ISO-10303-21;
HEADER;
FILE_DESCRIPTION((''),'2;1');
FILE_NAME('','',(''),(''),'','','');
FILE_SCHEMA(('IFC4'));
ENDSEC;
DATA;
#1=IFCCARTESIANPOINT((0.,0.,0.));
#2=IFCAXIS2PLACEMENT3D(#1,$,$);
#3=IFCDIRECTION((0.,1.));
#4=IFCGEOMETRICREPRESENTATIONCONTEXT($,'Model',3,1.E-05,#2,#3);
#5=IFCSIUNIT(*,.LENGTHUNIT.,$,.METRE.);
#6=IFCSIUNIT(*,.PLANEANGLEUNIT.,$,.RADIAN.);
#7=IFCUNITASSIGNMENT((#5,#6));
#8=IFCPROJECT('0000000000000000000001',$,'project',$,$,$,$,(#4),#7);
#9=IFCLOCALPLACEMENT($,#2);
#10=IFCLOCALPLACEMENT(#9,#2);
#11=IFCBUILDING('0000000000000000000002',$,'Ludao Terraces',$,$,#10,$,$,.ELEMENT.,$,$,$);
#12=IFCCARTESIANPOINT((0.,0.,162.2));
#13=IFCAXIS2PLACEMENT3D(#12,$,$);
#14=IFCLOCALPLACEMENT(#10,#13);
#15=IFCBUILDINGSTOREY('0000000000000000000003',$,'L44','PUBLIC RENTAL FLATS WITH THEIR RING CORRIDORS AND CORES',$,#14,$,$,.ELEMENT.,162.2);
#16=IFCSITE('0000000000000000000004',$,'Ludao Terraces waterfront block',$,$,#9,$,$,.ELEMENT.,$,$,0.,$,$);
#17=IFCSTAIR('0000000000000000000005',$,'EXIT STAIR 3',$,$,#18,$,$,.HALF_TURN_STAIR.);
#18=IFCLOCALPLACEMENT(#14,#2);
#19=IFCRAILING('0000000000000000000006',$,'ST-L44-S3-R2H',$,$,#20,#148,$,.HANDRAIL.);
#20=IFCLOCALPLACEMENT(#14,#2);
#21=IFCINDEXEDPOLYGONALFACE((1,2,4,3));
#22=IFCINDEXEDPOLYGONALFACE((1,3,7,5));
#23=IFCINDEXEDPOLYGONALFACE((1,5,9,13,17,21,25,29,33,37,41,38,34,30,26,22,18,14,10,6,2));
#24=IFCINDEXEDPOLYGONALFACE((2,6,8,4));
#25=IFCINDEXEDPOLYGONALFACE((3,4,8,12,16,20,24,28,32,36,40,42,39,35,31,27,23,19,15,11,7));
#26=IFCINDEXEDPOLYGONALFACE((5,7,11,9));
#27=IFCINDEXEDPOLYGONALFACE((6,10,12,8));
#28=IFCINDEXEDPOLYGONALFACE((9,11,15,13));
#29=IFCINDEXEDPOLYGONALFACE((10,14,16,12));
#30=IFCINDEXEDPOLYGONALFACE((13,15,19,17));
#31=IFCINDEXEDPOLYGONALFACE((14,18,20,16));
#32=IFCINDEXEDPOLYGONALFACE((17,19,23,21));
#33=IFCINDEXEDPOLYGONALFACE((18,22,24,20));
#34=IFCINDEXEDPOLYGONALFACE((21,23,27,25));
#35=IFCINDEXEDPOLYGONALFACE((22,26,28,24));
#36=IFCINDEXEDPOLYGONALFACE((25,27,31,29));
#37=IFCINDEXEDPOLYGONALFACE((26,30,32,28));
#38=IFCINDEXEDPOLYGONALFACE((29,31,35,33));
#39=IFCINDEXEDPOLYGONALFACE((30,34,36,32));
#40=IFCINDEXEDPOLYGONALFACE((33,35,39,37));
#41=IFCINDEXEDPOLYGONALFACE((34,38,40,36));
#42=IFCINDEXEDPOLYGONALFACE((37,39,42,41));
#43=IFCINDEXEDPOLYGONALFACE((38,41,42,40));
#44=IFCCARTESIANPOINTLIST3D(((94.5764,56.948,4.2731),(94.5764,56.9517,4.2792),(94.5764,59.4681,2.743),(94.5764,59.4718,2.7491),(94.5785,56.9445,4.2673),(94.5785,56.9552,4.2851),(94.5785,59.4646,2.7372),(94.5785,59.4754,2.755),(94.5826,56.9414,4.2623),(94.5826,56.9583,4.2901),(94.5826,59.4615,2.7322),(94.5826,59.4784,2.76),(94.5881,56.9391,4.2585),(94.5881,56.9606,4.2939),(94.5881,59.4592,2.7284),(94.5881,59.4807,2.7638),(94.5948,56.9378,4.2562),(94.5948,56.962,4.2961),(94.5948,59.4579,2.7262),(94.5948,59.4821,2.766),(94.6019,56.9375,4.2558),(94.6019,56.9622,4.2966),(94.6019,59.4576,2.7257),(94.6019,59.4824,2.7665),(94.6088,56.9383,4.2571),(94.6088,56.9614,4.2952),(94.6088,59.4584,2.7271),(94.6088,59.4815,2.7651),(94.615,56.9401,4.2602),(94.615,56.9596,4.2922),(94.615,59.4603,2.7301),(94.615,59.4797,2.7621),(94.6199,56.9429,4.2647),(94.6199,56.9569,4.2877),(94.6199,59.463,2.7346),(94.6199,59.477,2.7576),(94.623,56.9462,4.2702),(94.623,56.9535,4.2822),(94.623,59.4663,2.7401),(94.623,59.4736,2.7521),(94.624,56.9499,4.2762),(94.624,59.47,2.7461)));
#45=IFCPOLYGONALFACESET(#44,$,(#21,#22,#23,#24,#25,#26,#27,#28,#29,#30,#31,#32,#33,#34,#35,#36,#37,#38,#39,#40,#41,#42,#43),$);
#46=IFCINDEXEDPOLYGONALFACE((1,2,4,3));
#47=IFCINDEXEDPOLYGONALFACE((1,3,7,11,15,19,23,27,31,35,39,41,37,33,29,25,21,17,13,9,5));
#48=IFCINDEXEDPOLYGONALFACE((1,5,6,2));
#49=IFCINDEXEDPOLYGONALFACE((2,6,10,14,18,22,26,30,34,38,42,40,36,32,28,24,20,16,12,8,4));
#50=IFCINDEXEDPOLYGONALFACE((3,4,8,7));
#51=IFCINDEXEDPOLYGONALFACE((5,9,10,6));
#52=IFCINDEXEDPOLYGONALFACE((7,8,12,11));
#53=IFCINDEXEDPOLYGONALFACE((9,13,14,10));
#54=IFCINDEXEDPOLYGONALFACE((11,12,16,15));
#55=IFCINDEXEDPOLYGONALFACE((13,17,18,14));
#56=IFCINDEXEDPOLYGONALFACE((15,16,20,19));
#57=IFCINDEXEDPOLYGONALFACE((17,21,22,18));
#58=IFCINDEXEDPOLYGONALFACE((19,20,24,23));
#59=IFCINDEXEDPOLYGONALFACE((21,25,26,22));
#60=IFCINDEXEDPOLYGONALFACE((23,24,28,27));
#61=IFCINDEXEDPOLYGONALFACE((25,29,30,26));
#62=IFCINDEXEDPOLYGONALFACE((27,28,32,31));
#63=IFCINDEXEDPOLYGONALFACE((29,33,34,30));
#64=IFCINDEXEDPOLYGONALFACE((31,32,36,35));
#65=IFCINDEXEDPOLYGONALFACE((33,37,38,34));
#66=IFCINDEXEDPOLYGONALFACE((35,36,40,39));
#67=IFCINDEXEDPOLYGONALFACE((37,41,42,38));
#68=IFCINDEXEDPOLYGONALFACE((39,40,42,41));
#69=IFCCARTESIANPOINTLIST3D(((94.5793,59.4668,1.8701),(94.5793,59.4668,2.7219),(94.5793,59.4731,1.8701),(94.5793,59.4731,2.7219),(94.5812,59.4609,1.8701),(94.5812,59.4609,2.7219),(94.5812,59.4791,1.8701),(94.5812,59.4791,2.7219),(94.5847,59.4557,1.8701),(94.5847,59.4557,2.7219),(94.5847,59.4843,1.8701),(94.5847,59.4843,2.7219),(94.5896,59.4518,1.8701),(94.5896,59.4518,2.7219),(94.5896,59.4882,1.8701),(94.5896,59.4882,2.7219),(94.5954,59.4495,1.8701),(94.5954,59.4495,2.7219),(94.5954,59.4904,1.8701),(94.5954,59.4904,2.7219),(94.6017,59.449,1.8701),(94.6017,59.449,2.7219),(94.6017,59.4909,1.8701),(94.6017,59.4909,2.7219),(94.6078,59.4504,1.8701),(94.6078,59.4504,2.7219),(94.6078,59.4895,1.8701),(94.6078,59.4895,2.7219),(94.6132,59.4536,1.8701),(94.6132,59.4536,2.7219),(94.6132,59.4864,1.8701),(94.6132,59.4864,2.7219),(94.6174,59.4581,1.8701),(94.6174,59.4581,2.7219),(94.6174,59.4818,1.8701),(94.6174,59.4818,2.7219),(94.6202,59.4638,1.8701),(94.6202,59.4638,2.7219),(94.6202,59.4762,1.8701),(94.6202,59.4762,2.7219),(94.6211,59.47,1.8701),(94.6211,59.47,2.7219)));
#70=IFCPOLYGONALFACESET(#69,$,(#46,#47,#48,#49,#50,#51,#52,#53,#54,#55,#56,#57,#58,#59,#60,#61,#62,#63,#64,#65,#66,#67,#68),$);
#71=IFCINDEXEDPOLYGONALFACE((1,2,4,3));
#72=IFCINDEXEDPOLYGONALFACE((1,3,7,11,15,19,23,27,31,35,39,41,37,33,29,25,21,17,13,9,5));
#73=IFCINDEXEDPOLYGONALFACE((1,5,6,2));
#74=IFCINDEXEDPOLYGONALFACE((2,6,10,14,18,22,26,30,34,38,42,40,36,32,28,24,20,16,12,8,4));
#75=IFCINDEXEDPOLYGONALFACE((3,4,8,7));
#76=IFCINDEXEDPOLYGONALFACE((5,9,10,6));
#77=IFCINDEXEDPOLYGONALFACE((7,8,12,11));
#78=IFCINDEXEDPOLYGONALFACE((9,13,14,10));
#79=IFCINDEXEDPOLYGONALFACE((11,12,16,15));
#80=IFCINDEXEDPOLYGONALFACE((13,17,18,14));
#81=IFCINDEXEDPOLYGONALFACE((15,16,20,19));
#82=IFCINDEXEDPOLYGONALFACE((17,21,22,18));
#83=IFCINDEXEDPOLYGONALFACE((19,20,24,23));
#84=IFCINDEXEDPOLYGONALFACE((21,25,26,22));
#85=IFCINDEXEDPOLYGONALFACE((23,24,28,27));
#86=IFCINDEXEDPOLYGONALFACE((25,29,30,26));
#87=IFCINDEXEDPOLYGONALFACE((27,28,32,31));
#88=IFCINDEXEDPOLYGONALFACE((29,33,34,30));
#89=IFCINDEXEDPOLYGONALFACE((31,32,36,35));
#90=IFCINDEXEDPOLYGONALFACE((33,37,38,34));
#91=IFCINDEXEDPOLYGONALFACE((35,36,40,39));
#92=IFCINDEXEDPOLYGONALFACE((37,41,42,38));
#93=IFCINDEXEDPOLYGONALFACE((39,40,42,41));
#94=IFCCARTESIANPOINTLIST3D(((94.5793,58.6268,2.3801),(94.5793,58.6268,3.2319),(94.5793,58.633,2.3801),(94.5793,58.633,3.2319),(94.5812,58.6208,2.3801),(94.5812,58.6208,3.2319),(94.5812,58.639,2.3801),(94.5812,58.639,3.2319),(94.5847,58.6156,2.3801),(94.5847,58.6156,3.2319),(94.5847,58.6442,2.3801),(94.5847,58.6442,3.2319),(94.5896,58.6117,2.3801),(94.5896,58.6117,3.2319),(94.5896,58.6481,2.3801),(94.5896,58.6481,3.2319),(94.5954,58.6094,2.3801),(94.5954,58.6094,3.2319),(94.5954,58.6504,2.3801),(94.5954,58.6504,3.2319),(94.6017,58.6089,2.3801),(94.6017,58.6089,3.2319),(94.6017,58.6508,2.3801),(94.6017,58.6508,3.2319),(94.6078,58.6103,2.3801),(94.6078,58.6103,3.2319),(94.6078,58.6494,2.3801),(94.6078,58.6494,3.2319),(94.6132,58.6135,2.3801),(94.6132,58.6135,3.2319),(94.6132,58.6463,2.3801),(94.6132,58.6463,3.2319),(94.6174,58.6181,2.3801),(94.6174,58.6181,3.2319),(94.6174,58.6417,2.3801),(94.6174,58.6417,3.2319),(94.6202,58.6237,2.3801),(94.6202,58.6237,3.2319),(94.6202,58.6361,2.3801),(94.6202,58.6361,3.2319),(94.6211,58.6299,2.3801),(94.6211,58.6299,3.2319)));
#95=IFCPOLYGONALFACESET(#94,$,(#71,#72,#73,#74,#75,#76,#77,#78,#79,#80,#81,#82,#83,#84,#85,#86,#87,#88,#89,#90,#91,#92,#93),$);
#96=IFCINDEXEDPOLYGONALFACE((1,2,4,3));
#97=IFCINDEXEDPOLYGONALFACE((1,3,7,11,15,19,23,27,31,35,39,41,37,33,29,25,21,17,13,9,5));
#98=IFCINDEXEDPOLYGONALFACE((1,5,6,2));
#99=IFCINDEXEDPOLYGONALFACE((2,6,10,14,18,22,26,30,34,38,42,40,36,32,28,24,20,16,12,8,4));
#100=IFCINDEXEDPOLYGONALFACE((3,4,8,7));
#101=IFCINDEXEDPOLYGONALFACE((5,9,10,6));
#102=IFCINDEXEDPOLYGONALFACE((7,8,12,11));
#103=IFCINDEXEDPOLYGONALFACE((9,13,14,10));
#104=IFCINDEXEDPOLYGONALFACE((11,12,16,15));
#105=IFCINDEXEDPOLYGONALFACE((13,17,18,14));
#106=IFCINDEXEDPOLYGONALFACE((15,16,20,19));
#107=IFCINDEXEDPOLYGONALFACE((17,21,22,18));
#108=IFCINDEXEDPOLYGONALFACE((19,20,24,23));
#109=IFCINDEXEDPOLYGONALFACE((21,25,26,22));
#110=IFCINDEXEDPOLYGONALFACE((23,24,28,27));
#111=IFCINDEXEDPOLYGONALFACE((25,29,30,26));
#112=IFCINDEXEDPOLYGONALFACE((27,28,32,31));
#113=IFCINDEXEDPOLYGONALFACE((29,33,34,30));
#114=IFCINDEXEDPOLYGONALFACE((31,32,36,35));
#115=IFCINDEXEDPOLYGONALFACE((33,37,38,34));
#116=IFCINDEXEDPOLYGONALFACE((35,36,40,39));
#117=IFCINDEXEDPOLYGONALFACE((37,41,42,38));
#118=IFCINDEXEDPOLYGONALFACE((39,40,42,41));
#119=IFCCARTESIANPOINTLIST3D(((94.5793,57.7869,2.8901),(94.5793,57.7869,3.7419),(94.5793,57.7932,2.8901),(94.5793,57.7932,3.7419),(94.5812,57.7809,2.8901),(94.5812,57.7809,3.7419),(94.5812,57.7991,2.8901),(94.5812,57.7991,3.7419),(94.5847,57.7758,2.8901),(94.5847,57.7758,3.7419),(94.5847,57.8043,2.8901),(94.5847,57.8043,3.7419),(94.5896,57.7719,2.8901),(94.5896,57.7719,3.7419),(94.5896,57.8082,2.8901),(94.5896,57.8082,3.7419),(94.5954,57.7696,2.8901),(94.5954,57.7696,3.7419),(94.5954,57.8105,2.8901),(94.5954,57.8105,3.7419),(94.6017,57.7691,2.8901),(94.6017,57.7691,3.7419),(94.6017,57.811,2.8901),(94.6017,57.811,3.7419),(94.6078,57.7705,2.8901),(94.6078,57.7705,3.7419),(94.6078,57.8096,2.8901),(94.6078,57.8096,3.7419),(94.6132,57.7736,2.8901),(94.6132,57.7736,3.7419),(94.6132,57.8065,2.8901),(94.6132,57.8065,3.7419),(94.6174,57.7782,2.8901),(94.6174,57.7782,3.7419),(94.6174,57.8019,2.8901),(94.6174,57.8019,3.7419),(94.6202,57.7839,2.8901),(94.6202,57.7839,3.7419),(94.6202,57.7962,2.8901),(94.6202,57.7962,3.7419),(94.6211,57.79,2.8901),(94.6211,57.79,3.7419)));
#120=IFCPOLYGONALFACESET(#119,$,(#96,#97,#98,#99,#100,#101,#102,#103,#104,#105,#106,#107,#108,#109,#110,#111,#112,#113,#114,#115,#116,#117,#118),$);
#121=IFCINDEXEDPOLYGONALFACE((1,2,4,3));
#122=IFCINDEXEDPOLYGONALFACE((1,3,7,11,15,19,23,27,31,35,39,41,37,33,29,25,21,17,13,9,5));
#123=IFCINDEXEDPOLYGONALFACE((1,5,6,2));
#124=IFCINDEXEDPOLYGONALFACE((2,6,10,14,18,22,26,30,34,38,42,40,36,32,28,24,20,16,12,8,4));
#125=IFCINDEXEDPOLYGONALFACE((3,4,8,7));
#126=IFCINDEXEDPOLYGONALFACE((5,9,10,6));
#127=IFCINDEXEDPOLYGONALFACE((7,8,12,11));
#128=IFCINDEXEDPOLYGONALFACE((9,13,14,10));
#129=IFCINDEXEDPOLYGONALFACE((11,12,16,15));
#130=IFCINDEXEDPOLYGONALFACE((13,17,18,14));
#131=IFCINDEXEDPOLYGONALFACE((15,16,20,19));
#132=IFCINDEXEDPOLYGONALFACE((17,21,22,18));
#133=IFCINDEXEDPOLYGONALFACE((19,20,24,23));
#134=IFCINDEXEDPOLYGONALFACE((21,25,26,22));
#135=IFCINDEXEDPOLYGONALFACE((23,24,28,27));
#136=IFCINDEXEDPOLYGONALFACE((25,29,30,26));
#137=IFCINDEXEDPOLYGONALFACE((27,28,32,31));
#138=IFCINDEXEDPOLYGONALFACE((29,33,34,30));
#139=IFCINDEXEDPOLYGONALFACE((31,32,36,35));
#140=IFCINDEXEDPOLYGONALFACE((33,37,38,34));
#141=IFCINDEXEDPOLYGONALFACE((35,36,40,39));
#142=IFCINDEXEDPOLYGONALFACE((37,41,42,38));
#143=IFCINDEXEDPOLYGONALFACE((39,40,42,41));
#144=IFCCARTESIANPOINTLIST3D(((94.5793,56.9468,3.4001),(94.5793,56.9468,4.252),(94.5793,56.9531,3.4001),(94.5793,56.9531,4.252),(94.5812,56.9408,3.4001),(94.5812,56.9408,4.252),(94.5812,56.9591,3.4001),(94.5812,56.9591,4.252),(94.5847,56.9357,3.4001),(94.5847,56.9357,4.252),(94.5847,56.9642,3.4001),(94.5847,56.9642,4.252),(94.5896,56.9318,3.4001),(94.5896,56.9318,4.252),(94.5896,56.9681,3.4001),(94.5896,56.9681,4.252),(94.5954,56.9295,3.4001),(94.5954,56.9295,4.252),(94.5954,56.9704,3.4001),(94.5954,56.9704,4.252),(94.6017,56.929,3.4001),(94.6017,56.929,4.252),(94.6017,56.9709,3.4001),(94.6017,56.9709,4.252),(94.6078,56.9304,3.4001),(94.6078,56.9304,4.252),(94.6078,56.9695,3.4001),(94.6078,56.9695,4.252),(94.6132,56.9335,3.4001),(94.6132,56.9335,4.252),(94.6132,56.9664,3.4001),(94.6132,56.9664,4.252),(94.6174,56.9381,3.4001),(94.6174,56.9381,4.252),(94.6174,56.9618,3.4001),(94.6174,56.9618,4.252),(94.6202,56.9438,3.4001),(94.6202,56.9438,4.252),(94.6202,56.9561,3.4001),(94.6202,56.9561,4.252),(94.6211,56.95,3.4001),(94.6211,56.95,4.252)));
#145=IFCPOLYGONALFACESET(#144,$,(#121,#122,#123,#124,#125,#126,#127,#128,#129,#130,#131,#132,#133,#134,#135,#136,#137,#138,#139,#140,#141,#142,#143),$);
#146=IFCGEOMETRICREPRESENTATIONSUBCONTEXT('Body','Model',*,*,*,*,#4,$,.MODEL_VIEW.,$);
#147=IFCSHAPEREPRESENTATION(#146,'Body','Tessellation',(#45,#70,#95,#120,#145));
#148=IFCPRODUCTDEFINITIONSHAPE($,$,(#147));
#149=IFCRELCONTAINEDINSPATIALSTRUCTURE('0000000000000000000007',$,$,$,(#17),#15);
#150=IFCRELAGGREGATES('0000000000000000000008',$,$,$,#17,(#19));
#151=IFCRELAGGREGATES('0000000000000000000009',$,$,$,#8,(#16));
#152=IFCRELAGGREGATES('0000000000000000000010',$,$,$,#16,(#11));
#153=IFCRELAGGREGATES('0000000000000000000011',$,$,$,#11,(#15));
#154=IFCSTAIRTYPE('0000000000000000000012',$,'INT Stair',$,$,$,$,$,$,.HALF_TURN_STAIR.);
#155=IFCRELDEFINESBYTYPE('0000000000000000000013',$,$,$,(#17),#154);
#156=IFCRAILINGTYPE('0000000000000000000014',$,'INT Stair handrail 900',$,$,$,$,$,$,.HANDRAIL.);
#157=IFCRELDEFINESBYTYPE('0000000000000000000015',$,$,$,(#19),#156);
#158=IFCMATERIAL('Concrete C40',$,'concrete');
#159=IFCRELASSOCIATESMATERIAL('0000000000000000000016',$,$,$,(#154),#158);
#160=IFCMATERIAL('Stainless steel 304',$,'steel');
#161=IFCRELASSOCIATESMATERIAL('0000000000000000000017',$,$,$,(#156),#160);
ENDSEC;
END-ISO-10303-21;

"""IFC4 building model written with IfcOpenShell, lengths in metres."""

from ifc_helpers import new_model, si_unit, direction, frame, origin, origin_2d, place, context, subcontext, project, spatial, circle, extrude, material, type_object, element, aggregate, save


model = new_model("IFC4")

# Units and contexts
model_context = context("Model", 3, precision=1e-05, world=origin(), true_north=direction((0.0, 1.0)))
body_context = subcontext(model_context, "Body", "Model", "MODEL_VIEW")
ifc_project = project(units=[si_unit("LENGTHUNIT", "METRE"), si_unit("PLANEANGLEUNIT", "RADIAN")], contexts=[model_context])

# Site, building, storey
site_placement = place(None, origin())
site = spatial("IfcSite", under=ifc_project, at=site_placement, Name="Ludao Terraces waterfront block", CompositionType="ELEMENT", RefElevation=0.0)
building_placement = place(site_placement, origin())
building = spatial("IfcBuilding", under=site, at=building_placement, Name="Ludao Terraces", CompositionType="ELEMENT")
storey_placement = place(building_placement, frame((0.0, 0.0, 162.2)))
storey = spatial("IfcBuildingStorey", under=building, at=storey_placement, Name="L44", Description="PUBLIC RENTAL FLATS WITH THEIR RING CORRIDORS AND CORES", CompositionType="ELEMENT", Elevation=162.2)

# Shared definitions
ifc_material_1 = material(Name="Concrete C40", Category="concrete")

# Stair, railing
stair_type = type_object("IfcStairType", Name="INT Stair", PredefinedType="HALF_TURN_STAIR", material=ifc_material_1)
stair_placement = place(storey_placement, origin())
stair = element("IfcStair", 1, at=stair_placement, inside=storey, type_object=stair_type, Name="EXIT STAIR 3", PredefinedType="HALF_TURN_STAIR")
ifc_material_2 = material(Name="Stainless steel 304", Category="steel")
railing_type_1 = type_object("IfcRailingType", Name="INT Stair handrail 900", PredefinedType="HANDRAIL", material=ifc_material_2)
railing_1_placement = place(storey_placement, frame((94.6001, 59.47, 1.8701)))
railing_1 = element("IfcRailing", 2, at=railing_1_placement, type_object=railing_type_1, Name="ST-L44-S3-R2H", PredefinedType="HANDRAIL", context=body_context, shape_type="SweptSolid", body=[
    extrude(circle(Radius=0.0239, at=origin_2d()), frame((0.0, 0.0, 0.876), z_axis=(0.0, -0.854785, 0.518982), x_axis=(1.0, 0.0, 0.0)), (0.0, 0.0, 1.0), 2.9482),
    extrude(circle(Radius=0.021, at=origin_2d()), origin(), (0.0, 0.0, 1.0), 0.8518),
    extrude(circle(Radius=0.021, at=origin_2d()), frame((0.0, -0.8401, 0.51)), (0.0, 0.0, 1.0), 0.8518),
    extrude(circle(Radius=0.021, at=origin_2d()), frame((0.0, -1.6799, 1.02)), (0.0, 0.0, 1.0), 0.8518),
    extrude(circle(Radius=0.021, at=origin_2d()), frame((0.0, -2.52, 1.53)), (0.0, 0.0, 1.0), 0.8518),
])
aggregate(stair, [railing_1])

save(model, "model.ifc")
